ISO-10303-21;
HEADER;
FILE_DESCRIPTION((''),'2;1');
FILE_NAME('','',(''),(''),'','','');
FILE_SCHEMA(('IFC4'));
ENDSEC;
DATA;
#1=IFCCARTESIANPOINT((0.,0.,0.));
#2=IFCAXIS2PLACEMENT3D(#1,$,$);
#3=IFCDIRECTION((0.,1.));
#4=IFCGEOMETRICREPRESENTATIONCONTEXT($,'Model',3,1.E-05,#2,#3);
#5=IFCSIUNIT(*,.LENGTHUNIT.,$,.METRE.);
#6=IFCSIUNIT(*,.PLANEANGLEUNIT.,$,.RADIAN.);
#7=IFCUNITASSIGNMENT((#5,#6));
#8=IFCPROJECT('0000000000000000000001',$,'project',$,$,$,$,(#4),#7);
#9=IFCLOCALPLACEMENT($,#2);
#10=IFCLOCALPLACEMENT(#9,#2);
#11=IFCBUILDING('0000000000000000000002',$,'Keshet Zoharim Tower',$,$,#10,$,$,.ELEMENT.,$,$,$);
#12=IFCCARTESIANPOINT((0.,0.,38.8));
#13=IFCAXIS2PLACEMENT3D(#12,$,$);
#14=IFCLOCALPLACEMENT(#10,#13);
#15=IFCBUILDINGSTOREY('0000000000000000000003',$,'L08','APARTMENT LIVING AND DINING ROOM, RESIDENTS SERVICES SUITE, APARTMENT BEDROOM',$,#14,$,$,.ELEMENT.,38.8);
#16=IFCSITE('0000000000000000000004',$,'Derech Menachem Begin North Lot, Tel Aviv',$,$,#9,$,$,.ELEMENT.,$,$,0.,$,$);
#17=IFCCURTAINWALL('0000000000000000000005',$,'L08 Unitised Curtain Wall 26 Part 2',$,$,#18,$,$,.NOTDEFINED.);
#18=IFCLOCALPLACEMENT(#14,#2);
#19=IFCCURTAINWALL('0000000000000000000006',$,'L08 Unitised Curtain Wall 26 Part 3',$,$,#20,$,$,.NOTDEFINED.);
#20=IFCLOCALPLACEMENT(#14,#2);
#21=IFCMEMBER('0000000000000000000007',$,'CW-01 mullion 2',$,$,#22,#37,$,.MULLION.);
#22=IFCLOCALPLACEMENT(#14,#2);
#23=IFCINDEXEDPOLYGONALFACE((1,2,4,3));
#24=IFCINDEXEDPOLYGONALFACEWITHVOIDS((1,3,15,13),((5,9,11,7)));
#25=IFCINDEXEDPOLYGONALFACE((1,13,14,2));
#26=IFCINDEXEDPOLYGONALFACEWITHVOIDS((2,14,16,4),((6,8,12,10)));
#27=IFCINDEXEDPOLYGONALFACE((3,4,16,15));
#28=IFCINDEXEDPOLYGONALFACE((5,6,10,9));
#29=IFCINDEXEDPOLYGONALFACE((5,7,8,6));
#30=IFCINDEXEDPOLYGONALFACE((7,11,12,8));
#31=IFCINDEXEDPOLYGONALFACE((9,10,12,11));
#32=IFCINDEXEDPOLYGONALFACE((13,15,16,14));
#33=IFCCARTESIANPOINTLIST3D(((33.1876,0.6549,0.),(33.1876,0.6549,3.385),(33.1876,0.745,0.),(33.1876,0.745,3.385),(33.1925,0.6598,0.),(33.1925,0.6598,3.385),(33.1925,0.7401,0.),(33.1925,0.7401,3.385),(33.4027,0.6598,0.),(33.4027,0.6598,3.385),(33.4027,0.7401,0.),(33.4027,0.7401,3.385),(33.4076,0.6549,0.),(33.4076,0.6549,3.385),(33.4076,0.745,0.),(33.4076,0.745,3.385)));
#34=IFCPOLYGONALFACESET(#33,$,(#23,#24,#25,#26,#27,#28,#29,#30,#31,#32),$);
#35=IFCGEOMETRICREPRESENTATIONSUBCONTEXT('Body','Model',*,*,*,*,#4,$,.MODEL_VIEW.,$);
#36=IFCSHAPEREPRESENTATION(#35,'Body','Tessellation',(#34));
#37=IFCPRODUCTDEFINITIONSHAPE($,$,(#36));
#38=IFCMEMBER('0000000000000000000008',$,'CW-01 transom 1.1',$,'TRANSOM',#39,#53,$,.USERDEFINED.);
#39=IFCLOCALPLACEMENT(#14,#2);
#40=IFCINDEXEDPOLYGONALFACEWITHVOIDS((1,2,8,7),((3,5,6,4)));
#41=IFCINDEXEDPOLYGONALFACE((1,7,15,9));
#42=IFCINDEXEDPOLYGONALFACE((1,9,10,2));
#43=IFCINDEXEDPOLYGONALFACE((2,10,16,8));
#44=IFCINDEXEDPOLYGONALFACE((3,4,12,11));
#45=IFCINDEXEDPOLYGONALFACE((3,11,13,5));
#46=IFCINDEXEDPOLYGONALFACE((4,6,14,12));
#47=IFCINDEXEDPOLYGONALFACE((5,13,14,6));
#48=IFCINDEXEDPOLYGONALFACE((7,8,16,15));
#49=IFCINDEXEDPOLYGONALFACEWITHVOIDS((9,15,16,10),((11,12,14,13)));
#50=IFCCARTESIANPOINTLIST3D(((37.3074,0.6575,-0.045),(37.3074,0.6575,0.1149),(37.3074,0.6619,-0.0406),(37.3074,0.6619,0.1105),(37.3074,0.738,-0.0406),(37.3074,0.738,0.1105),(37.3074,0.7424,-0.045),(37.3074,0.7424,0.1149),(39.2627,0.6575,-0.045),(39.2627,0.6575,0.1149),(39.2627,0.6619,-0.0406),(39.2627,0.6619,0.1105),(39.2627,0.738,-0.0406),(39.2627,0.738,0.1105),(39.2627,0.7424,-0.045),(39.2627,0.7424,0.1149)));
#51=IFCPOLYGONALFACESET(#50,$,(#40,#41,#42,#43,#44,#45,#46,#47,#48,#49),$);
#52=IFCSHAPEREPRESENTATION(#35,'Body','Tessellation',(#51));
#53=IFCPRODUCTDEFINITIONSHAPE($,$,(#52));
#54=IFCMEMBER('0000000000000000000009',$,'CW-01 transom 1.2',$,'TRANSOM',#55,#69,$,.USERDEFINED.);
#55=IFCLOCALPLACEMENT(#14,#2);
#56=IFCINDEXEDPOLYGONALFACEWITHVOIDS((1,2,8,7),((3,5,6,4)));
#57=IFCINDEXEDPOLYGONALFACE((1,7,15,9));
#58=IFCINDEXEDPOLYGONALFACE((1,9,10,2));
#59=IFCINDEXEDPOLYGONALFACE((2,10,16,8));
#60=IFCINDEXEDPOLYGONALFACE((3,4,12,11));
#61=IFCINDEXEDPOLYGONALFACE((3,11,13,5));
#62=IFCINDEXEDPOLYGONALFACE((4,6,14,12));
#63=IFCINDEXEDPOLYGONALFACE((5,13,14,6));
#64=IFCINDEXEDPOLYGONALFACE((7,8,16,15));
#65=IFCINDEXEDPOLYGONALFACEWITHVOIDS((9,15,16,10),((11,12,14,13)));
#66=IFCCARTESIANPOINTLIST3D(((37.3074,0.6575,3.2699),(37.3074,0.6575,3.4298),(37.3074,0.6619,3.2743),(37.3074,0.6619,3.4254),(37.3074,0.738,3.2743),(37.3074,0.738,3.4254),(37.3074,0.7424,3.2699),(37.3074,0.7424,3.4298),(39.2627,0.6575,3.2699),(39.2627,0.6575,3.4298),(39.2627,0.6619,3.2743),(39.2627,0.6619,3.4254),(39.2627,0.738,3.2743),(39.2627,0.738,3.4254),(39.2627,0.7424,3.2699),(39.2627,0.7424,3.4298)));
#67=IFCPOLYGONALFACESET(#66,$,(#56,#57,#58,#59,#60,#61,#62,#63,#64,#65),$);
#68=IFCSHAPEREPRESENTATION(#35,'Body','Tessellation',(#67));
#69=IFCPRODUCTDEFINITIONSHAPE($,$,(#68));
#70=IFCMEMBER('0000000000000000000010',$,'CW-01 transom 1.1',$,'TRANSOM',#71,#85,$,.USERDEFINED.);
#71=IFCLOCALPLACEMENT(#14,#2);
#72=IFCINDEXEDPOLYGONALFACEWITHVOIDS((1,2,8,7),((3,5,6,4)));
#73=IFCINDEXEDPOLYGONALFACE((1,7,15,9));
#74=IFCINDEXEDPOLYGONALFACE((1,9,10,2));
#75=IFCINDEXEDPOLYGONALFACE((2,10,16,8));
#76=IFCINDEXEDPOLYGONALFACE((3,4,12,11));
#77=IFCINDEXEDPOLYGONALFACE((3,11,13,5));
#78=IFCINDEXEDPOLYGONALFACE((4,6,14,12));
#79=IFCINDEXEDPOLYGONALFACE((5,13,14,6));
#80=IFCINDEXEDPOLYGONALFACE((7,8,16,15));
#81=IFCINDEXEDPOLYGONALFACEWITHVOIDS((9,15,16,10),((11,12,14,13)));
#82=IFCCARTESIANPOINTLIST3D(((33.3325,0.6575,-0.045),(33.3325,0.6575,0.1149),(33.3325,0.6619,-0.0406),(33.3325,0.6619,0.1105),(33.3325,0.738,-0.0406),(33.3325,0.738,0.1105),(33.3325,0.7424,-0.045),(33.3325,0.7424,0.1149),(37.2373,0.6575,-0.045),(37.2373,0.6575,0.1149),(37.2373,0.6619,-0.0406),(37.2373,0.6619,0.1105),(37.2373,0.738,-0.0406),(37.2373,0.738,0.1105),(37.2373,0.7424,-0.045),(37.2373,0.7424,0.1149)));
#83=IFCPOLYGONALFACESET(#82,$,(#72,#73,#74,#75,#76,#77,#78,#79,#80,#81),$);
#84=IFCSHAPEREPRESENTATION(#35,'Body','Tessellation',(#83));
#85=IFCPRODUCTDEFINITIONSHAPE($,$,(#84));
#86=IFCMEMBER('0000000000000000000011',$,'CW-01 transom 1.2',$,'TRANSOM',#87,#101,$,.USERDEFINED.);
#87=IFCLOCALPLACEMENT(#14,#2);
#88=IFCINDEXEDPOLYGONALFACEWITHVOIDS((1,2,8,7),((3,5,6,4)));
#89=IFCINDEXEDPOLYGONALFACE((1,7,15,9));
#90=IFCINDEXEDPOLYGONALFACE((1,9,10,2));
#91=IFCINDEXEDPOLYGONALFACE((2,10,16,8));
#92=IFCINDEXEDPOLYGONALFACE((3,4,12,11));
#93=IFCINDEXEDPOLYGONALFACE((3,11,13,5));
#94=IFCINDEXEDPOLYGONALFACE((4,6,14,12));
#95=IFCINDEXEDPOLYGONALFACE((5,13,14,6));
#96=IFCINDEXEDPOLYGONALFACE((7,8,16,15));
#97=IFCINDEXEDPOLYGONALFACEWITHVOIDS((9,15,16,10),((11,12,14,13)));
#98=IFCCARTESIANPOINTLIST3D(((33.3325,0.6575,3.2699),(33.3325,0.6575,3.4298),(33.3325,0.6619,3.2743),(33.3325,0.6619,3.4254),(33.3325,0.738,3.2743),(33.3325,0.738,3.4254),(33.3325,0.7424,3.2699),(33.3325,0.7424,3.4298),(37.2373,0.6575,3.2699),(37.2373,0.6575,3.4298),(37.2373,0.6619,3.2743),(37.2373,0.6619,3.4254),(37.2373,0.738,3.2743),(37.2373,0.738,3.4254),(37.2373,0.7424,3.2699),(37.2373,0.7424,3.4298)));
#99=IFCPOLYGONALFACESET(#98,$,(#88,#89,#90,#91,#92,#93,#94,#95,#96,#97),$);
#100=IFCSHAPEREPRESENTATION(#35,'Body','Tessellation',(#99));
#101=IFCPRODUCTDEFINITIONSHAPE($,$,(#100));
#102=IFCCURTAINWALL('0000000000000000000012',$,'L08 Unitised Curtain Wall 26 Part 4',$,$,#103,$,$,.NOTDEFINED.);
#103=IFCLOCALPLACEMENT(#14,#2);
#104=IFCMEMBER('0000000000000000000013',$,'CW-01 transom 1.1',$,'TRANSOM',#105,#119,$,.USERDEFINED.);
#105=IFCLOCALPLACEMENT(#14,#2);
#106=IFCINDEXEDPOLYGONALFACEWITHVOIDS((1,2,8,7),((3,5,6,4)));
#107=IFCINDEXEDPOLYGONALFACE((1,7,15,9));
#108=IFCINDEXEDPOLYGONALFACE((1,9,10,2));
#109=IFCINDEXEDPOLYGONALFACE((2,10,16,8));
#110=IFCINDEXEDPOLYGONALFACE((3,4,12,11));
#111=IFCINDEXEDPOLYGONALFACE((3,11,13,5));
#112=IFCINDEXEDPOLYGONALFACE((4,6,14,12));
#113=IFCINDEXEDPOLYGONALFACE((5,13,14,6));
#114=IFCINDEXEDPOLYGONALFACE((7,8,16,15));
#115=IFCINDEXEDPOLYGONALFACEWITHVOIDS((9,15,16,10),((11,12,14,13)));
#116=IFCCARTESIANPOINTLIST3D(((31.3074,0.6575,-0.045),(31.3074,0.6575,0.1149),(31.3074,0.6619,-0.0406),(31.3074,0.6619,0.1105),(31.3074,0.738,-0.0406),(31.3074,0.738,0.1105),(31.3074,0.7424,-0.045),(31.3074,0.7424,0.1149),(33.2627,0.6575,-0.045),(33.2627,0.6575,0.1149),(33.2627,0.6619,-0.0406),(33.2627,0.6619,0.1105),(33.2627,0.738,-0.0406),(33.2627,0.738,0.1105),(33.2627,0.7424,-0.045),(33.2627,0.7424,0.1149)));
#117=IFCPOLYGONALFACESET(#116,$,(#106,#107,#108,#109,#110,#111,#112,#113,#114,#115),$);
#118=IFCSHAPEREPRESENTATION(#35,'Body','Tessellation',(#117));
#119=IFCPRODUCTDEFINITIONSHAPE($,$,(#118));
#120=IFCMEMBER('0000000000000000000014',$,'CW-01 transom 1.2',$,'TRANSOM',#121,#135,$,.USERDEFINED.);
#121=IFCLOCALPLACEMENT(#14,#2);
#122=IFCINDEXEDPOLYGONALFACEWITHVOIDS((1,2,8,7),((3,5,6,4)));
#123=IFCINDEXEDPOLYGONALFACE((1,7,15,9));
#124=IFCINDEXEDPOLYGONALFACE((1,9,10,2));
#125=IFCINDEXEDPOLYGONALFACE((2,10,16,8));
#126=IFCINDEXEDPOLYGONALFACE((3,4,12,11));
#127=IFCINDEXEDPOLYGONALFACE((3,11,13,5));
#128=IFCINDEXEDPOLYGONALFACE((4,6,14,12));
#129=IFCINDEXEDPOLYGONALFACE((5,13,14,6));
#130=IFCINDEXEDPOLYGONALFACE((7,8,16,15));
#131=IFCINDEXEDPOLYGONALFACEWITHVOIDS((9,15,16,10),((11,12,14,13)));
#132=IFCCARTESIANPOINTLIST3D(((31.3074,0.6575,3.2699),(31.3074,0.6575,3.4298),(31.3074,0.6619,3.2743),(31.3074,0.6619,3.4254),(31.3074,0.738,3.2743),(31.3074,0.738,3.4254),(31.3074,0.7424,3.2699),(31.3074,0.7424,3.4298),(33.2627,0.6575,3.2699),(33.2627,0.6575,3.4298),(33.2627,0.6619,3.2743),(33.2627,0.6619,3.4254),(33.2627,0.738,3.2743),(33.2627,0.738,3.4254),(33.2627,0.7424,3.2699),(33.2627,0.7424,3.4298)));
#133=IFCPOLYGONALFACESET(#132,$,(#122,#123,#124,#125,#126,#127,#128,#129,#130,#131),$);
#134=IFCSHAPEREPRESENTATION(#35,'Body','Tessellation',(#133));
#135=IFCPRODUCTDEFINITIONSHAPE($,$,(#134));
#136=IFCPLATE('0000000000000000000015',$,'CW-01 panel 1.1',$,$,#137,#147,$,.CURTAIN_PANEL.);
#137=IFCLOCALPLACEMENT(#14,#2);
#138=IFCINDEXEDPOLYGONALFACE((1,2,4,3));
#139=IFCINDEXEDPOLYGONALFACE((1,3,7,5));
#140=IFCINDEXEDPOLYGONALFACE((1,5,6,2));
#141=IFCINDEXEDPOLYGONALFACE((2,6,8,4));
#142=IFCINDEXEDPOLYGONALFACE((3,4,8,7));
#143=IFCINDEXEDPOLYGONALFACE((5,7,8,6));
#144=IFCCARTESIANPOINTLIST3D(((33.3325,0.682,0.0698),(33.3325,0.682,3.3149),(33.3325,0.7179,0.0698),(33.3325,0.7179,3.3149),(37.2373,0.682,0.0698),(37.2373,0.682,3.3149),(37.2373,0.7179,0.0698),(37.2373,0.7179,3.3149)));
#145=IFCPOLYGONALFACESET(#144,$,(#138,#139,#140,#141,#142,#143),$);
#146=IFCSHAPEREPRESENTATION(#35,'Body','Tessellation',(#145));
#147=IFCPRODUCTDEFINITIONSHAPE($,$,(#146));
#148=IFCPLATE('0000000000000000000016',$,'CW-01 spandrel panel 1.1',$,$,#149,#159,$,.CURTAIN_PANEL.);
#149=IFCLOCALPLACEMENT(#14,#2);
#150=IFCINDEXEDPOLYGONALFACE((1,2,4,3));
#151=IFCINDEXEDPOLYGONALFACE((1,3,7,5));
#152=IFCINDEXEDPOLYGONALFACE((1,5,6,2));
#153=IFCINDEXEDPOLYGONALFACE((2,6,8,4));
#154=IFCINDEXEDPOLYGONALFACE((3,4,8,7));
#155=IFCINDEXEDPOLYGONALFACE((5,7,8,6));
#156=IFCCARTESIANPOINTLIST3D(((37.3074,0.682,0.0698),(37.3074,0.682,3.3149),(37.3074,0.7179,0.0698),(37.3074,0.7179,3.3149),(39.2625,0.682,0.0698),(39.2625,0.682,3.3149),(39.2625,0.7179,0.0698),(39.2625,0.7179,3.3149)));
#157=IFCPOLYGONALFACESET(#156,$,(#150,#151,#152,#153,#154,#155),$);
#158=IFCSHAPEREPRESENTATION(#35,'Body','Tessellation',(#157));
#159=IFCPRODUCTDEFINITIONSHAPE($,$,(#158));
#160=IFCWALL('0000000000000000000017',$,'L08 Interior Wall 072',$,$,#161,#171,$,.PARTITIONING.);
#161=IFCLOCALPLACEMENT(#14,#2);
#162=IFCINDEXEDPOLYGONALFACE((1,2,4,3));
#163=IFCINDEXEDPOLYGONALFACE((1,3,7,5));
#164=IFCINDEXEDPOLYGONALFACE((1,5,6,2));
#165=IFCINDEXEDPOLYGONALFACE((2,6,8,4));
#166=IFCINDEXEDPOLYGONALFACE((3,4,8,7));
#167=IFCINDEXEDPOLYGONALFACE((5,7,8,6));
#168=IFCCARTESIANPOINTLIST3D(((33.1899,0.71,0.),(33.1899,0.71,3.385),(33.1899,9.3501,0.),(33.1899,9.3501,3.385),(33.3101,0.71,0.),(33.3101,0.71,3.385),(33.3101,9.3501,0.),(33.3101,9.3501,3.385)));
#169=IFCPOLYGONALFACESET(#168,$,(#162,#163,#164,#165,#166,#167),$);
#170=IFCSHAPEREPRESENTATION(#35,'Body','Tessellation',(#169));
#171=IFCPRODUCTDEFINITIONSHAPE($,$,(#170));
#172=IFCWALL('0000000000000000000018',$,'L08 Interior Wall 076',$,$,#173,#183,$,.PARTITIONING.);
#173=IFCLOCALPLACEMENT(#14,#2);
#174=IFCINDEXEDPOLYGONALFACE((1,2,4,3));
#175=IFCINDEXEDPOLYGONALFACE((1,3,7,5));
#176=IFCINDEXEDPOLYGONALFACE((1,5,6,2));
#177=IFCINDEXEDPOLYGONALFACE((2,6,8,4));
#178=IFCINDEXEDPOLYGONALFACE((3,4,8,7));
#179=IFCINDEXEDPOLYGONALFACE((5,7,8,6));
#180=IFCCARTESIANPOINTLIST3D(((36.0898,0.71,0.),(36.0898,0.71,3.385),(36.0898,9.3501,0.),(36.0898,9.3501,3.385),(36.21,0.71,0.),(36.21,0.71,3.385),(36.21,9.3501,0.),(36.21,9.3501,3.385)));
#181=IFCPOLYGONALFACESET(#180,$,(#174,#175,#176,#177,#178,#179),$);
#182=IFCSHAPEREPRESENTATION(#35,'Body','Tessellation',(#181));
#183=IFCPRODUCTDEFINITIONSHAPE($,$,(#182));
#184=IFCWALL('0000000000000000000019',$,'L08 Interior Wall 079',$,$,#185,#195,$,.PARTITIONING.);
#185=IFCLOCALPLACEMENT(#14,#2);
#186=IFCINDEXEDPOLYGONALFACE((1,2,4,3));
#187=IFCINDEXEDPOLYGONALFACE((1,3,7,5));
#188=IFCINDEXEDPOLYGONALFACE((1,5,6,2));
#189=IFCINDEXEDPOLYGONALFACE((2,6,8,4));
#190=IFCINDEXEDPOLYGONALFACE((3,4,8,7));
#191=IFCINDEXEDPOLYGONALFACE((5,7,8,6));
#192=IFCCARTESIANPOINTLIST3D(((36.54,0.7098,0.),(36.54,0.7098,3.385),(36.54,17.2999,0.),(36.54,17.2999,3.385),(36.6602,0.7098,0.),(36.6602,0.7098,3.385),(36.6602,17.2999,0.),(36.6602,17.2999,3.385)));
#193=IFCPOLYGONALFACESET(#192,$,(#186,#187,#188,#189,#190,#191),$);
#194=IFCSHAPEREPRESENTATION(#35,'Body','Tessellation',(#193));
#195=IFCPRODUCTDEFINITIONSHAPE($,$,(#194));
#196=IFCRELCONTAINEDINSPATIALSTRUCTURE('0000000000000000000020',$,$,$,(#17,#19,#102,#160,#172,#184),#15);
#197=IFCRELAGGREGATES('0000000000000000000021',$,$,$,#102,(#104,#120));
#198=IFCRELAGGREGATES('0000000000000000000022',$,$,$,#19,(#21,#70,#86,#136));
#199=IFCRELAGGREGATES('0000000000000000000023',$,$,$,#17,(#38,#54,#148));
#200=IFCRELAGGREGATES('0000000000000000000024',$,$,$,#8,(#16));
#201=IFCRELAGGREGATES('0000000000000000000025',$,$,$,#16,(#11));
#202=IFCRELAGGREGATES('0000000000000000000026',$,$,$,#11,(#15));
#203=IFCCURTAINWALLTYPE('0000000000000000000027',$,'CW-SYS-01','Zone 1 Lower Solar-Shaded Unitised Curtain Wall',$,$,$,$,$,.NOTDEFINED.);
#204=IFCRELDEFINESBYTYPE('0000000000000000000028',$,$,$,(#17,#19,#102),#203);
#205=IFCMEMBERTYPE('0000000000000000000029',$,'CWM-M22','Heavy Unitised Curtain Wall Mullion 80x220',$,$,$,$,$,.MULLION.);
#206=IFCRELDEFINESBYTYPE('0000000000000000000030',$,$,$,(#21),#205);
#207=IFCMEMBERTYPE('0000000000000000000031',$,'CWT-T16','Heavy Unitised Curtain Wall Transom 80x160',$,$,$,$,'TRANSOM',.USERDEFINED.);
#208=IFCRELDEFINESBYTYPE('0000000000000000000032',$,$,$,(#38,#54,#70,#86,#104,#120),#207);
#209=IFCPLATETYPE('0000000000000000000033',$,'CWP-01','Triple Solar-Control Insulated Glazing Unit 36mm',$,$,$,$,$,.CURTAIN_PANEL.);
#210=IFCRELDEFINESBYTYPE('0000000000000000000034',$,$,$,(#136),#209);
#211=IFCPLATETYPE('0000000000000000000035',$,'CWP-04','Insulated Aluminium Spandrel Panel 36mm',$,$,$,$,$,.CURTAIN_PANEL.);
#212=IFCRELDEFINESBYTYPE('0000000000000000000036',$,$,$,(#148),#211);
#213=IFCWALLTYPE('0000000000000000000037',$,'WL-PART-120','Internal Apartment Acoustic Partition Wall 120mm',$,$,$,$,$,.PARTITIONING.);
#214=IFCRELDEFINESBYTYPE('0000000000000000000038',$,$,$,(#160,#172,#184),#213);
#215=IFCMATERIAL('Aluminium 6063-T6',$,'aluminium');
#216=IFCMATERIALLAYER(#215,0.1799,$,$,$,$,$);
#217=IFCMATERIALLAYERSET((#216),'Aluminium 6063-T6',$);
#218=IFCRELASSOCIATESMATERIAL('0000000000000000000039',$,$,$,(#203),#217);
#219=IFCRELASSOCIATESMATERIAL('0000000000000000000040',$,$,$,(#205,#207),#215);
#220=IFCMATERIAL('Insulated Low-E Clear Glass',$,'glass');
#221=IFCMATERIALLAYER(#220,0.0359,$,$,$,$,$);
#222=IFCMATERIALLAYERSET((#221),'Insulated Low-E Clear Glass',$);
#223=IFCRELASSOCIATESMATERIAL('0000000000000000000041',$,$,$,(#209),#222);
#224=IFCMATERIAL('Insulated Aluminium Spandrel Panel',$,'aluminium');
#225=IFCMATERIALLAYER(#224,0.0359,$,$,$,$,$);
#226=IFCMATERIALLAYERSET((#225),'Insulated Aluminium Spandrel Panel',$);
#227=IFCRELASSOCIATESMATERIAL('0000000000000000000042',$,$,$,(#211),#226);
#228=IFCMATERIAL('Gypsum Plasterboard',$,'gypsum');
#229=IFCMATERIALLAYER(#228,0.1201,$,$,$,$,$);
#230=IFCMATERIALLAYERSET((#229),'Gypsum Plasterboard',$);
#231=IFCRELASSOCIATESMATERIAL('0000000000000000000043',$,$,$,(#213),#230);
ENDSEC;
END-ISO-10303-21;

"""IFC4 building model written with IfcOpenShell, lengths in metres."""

from ifc_helpers import new_model, si_unit, direction, frame, frame_2d, origin, origin_2d, place, context, subcontext, project, spatial, rectangle, hollow_rectangle, extrude, material, layer, layer_set, material_profile, profile_set, type_object, element, aggregate, save


model = new_model("IFC4")

# Units and contexts
model_context = context("Model", 3, precision=1e-05, world=origin(), true_north=direction((0.0, 1.0)))
body_context = subcontext(model_context, "Body", "Model", "MODEL_VIEW")
ifc_project = project(units=[si_unit("LENGTHUNIT", "METRE"), si_unit("PLANEANGLEUNIT", "RADIAN")], contexts=[model_context])

# Site, building, storey
site_placement = place(None, origin())
site = spatial("IfcSite", under=ifc_project, at=site_placement, Name="Derech Menachem Begin North Lot, Tel Aviv", CompositionType="ELEMENT", RefElevation=0.0)
building_placement = place(site_placement, origin())
building = spatial("IfcBuilding", under=site, at=building_placement, Name="Keshet Zoharim Tower", CompositionType="ELEMENT")
storey_placement = place(building_placement, frame((0.0, 0.0, 38.8)))
storey = spatial("IfcBuildingStorey", under=building, at=storey_placement, Name="L08", Description="APARTMENT LIVING AND DINING ROOM, RESIDENTS SERVICES SUITE, APARTMENT BEDROOM", CompositionType="ELEMENT", Elevation=38.8)

# Curtain walls, member
ifc_material_1 = material(Name="Aluminium 6063-T6", Category="aluminium")
ifc_layer_1 = layer(ifc_material_1, 0.1799)
ifc_layer_set_1 = layer_set([ifc_layer_1], Name="Aluminium 6063-T6")
curtain_wall_type = type_object("IfcCurtainWallType", Name="CW-SYS-01", Description="Zone 1 Lower Solar-Shaded Unitised Curtain Wall", PredefinedType="NOTDEFINED", material=ifc_layer_set_1)
ifc_material_profile_1 = material_profile(ifc_material_1, hollow_rectangle(XDim=0.0901, YDim=0.22, WallThickness=0.0049, at=origin_2d()), Name="MUL-90x220")
ifc_profile_set_1 = profile_set([ifc_material_profile_1], Name="Aluminium 6063-T6")
member_type_1 = type_object("IfcMemberType", Name="CWM-M22", Description="Heavy Unitised Curtain Wall Mullion 80x220", PredefinedType="MULLION", material=ifc_profile_set_1)
curtain_wall_1_placement = place(storey_placement, origin())
curtain_wall_1 = element("IfcCurtainWall", 1, at=curtain_wall_1_placement, inside=storey, type_object=curtain_wall_type, Name="L08 Unitised Curtain Wall 26 Part 2", PredefinedType="NOTDEFINED")
curtain_wall_2_placement = place(storey_placement, origin())
curtain_wall_2 = element("IfcCurtainWall", 2, at=curtain_wall_2_placement, inside=storey, type_object=curtain_wall_type, Name="L08 Unitised Curtain Wall 26 Part 3", PredefinedType="NOTDEFINED")
member_1_placement = place(storey_placement, frame((33.2976, 0.7, 0.0), z_axis=(0.0, 0.0, 1.0), x_axis=(0.0, -1.0, 0.0)))
member_1 = element("IfcMember", 3, at=member_1_placement, type_object=member_type_1, Name="CW-01 mullion 2", PredefinedType="MULLION", context=body_context, shape_type="SweptSolid", body=[
    extrude(hollow_rectangle(XDim=0.0901, YDim=0.22, WallThickness=0.0049, at=origin_2d()), origin(), (0.0, 0.0, 1.0), 3.385),
])

# Members
ifc_material_profile_2 = material_profile(ifc_material_1, hollow_rectangle(XDim=0.085, YDim=0.1599, WallThickness=0.0044, at=origin_2d()), Name="TRN-85x160")
ifc_profile_set_2 = profile_set([ifc_material_profile_2], Name="Aluminium 6063-T6")
member_type_2 = type_object("IfcMemberType", Name="CWT-T16", Description="Heavy Unitised Curtain Wall Transom 80x160", ElementType="TRANSOM", PredefinedType="USERDEFINED", material=ifc_profile_set_2)
member_2_placement = place(storey_placement, frame((39.2627, 0.7, 0.0349), z_axis=(-1.0, 0.0, 0.0), x_axis=(0.0, -1.0, 0.0)))
member_2 = element("IfcMember", 4, at=member_2_placement, type_object=member_type_2, Name="CW-01 transom 1.1", ObjectType="TRANSOM", PredefinedType="USERDEFINED", context=body_context, shape_type="SweptSolid", body=[
    extrude(hollow_rectangle(XDim=0.085, YDim=0.1599, WallThickness=0.0044, at=origin_2d()), origin(), (0.0, 0.0, 1.0), 1.9553),
])
member_3_placement = place(storey_placement, frame((39.2627, 0.7, 3.3499), z_axis=(-1.0, 0.0, 0.0), x_axis=(0.0, -1.0, 0.0)))
member_3 = element("IfcMember", 5, at=member_3_placement, type_object=member_type_2, Name="CW-01 transom 1.2", ObjectType="TRANSOM", PredefinedType="USERDEFINED", context=body_context, shape_type="SweptSolid", body=[
    extrude(hollow_rectangle(XDim=0.085, YDim=0.1599, WallThickness=0.0044, at=origin_2d()), origin(), (0.0, 0.0, 1.0), 1.9553),
])
member_4_placement = place(storey_placement, frame((37.2373, 0.7, 0.0349), z_axis=(-1.0, 0.0, 0.0), x_axis=(0.0, -1.0, 0.0)))
member_4 = element("IfcMember", 6, at=member_4_placement, type_object=member_type_2, Name="CW-01 transom 1.1", ObjectType="TRANSOM", PredefinedType="USERDEFINED", context=body_context, shape_type="SweptSolid", body=[
    extrude(hollow_rectangle(XDim=0.085, YDim=0.1599, WallThickness=0.0044, at=origin_2d()), origin(), (0.0, 0.0, 1.0), 3.9048),
])
member_5_placement = place(storey_placement, frame((37.2373, 0.7, 3.3499), z_axis=(-1.0, 0.0, 0.0), x_axis=(0.0, -1.0, 0.0)))
member_5 = element("IfcMember", 7, at=member_5_placement, type_object=member_type_2, Name="CW-01 transom 1.2", ObjectType="TRANSOM", PredefinedType="USERDEFINED", context=body_context, shape_type="SweptSolid", body=[
    extrude(hollow_rectangle(XDim=0.085, YDim=0.1599, WallThickness=0.0044, at=origin_2d()), origin(), (0.0, 0.0, 1.0), 3.9048),
])

# Curtain wall, members
curtain_wall_3_placement = place(storey_placement, origin())
curtain_wall_3 = element("IfcCurtainWall", 8, at=curtain_wall_3_placement, inside=storey, type_object=curtain_wall_type, Name="L08 Unitised Curtain Wall 26 Part 4", PredefinedType="NOTDEFINED")
member_6_placement = place(storey_placement, frame((33.2627, 0.7, 0.0349), z_axis=(-1.0, 0.0, 0.0), x_axis=(0.0, -1.0, 0.0)))
member_6 = element("IfcMember", 9, at=member_6_placement, type_object=member_type_2, Name="CW-01 transom 1.1", ObjectType="TRANSOM", PredefinedType="USERDEFINED", context=body_context, shape_type="SweptSolid", body=[
    extrude(hollow_rectangle(XDim=0.085, YDim=0.1599, WallThickness=0.0044, at=origin_2d()), origin(), (0.0, 0.0, 1.0), 1.9553),
])
member_7_placement = place(storey_placement, frame((33.2627, 0.7, 3.3499), z_axis=(-1.0, 0.0, 0.0), x_axis=(0.0, -1.0, 0.0)))
member_7 = element("IfcMember", 10, at=member_7_placement, type_object=member_type_2, Name="CW-01 transom 1.2", ObjectType="TRANSOM", PredefinedType="USERDEFINED", context=body_context, shape_type="SweptSolid", body=[
    extrude(hollow_rectangle(XDim=0.085, YDim=0.1599, WallThickness=0.0044, at=origin_2d()), origin(), (0.0, 0.0, 1.0), 1.9553),
])
aggregate(curtain_wall_3, [member_6, member_7])

# Plates
ifc_material_2 = material(Name="Insulated Low-E Clear Glass", Category="glass")
ifc_layer_2 = layer(ifc_material_2, 0.0359)
ifc_layer_set_2 = layer_set([ifc_layer_2], Name="Insulated Low-E Clear Glass")
plate_type_1 = type_object("IfcPlateType", Name="CWP-01", Description="Triple Solar-Control Insulated Glazing Unit 36mm", PredefinedType="CURTAIN_PANEL", material=ifc_layer_set_2)
plate_1_placement = place(storey_placement, frame((35.2849, 0.7, 0.0698), z_axis=(0.0, 0.0, 1.0), x_axis=(-1.0, 0.0, 0.0)))
plate_1 = element("IfcPlate", 11, at=plate_1_placement, type_object=plate_type_1, Name="CW-01 panel 1.1", PredefinedType="CURTAIN_PANEL", context=body_context, shape_type="SweptSolid", body=[
    extrude(rectangle(XDim=3.9048, YDim=0.0359, at=origin_2d()), origin(), (0.0, 0.0, 1.0), 3.2451),
])
aggregate(curtain_wall_2, [member_1, member_4, member_5, plate_1])
ifc_material_3 = material(Name="Insulated Aluminium Spandrel Panel", Category="aluminium")
ifc_layer_3 = layer(ifc_material_3, 0.0359)
ifc_layer_set_3 = layer_set([ifc_layer_3], Name="Insulated Aluminium Spandrel Panel")
plate_type_2 = type_object("IfcPlateType", Name="CWP-04", Description="Insulated Aluminium Spandrel Panel 36mm", PredefinedType="CURTAIN_PANEL", material=ifc_layer_set_3)
plate_2_placement = place(storey_placement, frame((38.2849, 0.7, 0.0698), z_axis=(0.0, 0.0, 1.0), x_axis=(-1.0, 0.0, 0.0)))
plate_2 = element("IfcPlate", 12, at=plate_2_placement, type_object=plate_type_2, Name="CW-01 spandrel panel 1.1", PredefinedType="CURTAIN_PANEL", context=body_context, shape_type="SweptSolid", body=[
    extrude(rectangle(XDim=1.9551, YDim=0.0359, at=origin_2d()), origin(), (0.0, 0.0, 1.0), 3.2451),
])
aggregate(curtain_wall_1, [member_2, member_3, plate_2])

# Walls
ifc_material_4 = material(Name="Gypsum Plasterboard", Category="gypsum")
ifc_layer_4 = layer(ifc_material_4, 0.1201)
ifc_layer_set_4 = layer_set([ifc_layer_4], Name="Gypsum Plasterboard")
wall_type = type_object("IfcWallType", Name="WL-PART-120", Description="Internal Apartment Acoustic Partition Wall 120mm", PredefinedType="PARTITIONING", material=ifc_layer_set_4)
for number, where, z_axis, x_axis, name in (
    (13, (33.25, 0.71, 0.0), (0.0, 0.0, 1.0), (0.0, 1.0, 0.0), "L08 Interior Wall 072"),
    (14, (36.1499, 0.71, 0.0), (0.0, 0.0, 1.0), (0.0, 1.0, 0.0), "L08 Interior Wall 076"),
):
    element("IfcWall", number, at=place(storey_placement, frame(where, z_axis=z_axis, x_axis=x_axis)), inside=storey, type_object=wall_type, Name=name, PredefinedType="PARTITIONING", context=body_context, shape_type="SweptSolid", body=[
        extrude(rectangle(XDim=8.6401, YDim=0.1201, at=frame_2d((4.3201, 0.0))), origin(), (0.0, 0.0, 1.0), 3.385),
    ])
wall_1_placement = place(storey_placement, frame((36.6001, 0.71, 0.0), z_axis=(0.0, 0.0, 1.0), x_axis=(0.0, 1.0, 0.0)))
element("IfcWall", 15, at=wall_1_placement, inside=storey, type_object=wall_type, Name="L08 Interior Wall 079", PredefinedType="PARTITIONING", context=body_context, shape_type="SweptSolid", body=[
    extrude(rectangle(XDim=16.5901, YDim=0.1201, at=frame_2d((8.2949, 0.0))), origin(), (0.0, 0.0, 1.0), 3.385),
])

save(model, "model.ifc")
